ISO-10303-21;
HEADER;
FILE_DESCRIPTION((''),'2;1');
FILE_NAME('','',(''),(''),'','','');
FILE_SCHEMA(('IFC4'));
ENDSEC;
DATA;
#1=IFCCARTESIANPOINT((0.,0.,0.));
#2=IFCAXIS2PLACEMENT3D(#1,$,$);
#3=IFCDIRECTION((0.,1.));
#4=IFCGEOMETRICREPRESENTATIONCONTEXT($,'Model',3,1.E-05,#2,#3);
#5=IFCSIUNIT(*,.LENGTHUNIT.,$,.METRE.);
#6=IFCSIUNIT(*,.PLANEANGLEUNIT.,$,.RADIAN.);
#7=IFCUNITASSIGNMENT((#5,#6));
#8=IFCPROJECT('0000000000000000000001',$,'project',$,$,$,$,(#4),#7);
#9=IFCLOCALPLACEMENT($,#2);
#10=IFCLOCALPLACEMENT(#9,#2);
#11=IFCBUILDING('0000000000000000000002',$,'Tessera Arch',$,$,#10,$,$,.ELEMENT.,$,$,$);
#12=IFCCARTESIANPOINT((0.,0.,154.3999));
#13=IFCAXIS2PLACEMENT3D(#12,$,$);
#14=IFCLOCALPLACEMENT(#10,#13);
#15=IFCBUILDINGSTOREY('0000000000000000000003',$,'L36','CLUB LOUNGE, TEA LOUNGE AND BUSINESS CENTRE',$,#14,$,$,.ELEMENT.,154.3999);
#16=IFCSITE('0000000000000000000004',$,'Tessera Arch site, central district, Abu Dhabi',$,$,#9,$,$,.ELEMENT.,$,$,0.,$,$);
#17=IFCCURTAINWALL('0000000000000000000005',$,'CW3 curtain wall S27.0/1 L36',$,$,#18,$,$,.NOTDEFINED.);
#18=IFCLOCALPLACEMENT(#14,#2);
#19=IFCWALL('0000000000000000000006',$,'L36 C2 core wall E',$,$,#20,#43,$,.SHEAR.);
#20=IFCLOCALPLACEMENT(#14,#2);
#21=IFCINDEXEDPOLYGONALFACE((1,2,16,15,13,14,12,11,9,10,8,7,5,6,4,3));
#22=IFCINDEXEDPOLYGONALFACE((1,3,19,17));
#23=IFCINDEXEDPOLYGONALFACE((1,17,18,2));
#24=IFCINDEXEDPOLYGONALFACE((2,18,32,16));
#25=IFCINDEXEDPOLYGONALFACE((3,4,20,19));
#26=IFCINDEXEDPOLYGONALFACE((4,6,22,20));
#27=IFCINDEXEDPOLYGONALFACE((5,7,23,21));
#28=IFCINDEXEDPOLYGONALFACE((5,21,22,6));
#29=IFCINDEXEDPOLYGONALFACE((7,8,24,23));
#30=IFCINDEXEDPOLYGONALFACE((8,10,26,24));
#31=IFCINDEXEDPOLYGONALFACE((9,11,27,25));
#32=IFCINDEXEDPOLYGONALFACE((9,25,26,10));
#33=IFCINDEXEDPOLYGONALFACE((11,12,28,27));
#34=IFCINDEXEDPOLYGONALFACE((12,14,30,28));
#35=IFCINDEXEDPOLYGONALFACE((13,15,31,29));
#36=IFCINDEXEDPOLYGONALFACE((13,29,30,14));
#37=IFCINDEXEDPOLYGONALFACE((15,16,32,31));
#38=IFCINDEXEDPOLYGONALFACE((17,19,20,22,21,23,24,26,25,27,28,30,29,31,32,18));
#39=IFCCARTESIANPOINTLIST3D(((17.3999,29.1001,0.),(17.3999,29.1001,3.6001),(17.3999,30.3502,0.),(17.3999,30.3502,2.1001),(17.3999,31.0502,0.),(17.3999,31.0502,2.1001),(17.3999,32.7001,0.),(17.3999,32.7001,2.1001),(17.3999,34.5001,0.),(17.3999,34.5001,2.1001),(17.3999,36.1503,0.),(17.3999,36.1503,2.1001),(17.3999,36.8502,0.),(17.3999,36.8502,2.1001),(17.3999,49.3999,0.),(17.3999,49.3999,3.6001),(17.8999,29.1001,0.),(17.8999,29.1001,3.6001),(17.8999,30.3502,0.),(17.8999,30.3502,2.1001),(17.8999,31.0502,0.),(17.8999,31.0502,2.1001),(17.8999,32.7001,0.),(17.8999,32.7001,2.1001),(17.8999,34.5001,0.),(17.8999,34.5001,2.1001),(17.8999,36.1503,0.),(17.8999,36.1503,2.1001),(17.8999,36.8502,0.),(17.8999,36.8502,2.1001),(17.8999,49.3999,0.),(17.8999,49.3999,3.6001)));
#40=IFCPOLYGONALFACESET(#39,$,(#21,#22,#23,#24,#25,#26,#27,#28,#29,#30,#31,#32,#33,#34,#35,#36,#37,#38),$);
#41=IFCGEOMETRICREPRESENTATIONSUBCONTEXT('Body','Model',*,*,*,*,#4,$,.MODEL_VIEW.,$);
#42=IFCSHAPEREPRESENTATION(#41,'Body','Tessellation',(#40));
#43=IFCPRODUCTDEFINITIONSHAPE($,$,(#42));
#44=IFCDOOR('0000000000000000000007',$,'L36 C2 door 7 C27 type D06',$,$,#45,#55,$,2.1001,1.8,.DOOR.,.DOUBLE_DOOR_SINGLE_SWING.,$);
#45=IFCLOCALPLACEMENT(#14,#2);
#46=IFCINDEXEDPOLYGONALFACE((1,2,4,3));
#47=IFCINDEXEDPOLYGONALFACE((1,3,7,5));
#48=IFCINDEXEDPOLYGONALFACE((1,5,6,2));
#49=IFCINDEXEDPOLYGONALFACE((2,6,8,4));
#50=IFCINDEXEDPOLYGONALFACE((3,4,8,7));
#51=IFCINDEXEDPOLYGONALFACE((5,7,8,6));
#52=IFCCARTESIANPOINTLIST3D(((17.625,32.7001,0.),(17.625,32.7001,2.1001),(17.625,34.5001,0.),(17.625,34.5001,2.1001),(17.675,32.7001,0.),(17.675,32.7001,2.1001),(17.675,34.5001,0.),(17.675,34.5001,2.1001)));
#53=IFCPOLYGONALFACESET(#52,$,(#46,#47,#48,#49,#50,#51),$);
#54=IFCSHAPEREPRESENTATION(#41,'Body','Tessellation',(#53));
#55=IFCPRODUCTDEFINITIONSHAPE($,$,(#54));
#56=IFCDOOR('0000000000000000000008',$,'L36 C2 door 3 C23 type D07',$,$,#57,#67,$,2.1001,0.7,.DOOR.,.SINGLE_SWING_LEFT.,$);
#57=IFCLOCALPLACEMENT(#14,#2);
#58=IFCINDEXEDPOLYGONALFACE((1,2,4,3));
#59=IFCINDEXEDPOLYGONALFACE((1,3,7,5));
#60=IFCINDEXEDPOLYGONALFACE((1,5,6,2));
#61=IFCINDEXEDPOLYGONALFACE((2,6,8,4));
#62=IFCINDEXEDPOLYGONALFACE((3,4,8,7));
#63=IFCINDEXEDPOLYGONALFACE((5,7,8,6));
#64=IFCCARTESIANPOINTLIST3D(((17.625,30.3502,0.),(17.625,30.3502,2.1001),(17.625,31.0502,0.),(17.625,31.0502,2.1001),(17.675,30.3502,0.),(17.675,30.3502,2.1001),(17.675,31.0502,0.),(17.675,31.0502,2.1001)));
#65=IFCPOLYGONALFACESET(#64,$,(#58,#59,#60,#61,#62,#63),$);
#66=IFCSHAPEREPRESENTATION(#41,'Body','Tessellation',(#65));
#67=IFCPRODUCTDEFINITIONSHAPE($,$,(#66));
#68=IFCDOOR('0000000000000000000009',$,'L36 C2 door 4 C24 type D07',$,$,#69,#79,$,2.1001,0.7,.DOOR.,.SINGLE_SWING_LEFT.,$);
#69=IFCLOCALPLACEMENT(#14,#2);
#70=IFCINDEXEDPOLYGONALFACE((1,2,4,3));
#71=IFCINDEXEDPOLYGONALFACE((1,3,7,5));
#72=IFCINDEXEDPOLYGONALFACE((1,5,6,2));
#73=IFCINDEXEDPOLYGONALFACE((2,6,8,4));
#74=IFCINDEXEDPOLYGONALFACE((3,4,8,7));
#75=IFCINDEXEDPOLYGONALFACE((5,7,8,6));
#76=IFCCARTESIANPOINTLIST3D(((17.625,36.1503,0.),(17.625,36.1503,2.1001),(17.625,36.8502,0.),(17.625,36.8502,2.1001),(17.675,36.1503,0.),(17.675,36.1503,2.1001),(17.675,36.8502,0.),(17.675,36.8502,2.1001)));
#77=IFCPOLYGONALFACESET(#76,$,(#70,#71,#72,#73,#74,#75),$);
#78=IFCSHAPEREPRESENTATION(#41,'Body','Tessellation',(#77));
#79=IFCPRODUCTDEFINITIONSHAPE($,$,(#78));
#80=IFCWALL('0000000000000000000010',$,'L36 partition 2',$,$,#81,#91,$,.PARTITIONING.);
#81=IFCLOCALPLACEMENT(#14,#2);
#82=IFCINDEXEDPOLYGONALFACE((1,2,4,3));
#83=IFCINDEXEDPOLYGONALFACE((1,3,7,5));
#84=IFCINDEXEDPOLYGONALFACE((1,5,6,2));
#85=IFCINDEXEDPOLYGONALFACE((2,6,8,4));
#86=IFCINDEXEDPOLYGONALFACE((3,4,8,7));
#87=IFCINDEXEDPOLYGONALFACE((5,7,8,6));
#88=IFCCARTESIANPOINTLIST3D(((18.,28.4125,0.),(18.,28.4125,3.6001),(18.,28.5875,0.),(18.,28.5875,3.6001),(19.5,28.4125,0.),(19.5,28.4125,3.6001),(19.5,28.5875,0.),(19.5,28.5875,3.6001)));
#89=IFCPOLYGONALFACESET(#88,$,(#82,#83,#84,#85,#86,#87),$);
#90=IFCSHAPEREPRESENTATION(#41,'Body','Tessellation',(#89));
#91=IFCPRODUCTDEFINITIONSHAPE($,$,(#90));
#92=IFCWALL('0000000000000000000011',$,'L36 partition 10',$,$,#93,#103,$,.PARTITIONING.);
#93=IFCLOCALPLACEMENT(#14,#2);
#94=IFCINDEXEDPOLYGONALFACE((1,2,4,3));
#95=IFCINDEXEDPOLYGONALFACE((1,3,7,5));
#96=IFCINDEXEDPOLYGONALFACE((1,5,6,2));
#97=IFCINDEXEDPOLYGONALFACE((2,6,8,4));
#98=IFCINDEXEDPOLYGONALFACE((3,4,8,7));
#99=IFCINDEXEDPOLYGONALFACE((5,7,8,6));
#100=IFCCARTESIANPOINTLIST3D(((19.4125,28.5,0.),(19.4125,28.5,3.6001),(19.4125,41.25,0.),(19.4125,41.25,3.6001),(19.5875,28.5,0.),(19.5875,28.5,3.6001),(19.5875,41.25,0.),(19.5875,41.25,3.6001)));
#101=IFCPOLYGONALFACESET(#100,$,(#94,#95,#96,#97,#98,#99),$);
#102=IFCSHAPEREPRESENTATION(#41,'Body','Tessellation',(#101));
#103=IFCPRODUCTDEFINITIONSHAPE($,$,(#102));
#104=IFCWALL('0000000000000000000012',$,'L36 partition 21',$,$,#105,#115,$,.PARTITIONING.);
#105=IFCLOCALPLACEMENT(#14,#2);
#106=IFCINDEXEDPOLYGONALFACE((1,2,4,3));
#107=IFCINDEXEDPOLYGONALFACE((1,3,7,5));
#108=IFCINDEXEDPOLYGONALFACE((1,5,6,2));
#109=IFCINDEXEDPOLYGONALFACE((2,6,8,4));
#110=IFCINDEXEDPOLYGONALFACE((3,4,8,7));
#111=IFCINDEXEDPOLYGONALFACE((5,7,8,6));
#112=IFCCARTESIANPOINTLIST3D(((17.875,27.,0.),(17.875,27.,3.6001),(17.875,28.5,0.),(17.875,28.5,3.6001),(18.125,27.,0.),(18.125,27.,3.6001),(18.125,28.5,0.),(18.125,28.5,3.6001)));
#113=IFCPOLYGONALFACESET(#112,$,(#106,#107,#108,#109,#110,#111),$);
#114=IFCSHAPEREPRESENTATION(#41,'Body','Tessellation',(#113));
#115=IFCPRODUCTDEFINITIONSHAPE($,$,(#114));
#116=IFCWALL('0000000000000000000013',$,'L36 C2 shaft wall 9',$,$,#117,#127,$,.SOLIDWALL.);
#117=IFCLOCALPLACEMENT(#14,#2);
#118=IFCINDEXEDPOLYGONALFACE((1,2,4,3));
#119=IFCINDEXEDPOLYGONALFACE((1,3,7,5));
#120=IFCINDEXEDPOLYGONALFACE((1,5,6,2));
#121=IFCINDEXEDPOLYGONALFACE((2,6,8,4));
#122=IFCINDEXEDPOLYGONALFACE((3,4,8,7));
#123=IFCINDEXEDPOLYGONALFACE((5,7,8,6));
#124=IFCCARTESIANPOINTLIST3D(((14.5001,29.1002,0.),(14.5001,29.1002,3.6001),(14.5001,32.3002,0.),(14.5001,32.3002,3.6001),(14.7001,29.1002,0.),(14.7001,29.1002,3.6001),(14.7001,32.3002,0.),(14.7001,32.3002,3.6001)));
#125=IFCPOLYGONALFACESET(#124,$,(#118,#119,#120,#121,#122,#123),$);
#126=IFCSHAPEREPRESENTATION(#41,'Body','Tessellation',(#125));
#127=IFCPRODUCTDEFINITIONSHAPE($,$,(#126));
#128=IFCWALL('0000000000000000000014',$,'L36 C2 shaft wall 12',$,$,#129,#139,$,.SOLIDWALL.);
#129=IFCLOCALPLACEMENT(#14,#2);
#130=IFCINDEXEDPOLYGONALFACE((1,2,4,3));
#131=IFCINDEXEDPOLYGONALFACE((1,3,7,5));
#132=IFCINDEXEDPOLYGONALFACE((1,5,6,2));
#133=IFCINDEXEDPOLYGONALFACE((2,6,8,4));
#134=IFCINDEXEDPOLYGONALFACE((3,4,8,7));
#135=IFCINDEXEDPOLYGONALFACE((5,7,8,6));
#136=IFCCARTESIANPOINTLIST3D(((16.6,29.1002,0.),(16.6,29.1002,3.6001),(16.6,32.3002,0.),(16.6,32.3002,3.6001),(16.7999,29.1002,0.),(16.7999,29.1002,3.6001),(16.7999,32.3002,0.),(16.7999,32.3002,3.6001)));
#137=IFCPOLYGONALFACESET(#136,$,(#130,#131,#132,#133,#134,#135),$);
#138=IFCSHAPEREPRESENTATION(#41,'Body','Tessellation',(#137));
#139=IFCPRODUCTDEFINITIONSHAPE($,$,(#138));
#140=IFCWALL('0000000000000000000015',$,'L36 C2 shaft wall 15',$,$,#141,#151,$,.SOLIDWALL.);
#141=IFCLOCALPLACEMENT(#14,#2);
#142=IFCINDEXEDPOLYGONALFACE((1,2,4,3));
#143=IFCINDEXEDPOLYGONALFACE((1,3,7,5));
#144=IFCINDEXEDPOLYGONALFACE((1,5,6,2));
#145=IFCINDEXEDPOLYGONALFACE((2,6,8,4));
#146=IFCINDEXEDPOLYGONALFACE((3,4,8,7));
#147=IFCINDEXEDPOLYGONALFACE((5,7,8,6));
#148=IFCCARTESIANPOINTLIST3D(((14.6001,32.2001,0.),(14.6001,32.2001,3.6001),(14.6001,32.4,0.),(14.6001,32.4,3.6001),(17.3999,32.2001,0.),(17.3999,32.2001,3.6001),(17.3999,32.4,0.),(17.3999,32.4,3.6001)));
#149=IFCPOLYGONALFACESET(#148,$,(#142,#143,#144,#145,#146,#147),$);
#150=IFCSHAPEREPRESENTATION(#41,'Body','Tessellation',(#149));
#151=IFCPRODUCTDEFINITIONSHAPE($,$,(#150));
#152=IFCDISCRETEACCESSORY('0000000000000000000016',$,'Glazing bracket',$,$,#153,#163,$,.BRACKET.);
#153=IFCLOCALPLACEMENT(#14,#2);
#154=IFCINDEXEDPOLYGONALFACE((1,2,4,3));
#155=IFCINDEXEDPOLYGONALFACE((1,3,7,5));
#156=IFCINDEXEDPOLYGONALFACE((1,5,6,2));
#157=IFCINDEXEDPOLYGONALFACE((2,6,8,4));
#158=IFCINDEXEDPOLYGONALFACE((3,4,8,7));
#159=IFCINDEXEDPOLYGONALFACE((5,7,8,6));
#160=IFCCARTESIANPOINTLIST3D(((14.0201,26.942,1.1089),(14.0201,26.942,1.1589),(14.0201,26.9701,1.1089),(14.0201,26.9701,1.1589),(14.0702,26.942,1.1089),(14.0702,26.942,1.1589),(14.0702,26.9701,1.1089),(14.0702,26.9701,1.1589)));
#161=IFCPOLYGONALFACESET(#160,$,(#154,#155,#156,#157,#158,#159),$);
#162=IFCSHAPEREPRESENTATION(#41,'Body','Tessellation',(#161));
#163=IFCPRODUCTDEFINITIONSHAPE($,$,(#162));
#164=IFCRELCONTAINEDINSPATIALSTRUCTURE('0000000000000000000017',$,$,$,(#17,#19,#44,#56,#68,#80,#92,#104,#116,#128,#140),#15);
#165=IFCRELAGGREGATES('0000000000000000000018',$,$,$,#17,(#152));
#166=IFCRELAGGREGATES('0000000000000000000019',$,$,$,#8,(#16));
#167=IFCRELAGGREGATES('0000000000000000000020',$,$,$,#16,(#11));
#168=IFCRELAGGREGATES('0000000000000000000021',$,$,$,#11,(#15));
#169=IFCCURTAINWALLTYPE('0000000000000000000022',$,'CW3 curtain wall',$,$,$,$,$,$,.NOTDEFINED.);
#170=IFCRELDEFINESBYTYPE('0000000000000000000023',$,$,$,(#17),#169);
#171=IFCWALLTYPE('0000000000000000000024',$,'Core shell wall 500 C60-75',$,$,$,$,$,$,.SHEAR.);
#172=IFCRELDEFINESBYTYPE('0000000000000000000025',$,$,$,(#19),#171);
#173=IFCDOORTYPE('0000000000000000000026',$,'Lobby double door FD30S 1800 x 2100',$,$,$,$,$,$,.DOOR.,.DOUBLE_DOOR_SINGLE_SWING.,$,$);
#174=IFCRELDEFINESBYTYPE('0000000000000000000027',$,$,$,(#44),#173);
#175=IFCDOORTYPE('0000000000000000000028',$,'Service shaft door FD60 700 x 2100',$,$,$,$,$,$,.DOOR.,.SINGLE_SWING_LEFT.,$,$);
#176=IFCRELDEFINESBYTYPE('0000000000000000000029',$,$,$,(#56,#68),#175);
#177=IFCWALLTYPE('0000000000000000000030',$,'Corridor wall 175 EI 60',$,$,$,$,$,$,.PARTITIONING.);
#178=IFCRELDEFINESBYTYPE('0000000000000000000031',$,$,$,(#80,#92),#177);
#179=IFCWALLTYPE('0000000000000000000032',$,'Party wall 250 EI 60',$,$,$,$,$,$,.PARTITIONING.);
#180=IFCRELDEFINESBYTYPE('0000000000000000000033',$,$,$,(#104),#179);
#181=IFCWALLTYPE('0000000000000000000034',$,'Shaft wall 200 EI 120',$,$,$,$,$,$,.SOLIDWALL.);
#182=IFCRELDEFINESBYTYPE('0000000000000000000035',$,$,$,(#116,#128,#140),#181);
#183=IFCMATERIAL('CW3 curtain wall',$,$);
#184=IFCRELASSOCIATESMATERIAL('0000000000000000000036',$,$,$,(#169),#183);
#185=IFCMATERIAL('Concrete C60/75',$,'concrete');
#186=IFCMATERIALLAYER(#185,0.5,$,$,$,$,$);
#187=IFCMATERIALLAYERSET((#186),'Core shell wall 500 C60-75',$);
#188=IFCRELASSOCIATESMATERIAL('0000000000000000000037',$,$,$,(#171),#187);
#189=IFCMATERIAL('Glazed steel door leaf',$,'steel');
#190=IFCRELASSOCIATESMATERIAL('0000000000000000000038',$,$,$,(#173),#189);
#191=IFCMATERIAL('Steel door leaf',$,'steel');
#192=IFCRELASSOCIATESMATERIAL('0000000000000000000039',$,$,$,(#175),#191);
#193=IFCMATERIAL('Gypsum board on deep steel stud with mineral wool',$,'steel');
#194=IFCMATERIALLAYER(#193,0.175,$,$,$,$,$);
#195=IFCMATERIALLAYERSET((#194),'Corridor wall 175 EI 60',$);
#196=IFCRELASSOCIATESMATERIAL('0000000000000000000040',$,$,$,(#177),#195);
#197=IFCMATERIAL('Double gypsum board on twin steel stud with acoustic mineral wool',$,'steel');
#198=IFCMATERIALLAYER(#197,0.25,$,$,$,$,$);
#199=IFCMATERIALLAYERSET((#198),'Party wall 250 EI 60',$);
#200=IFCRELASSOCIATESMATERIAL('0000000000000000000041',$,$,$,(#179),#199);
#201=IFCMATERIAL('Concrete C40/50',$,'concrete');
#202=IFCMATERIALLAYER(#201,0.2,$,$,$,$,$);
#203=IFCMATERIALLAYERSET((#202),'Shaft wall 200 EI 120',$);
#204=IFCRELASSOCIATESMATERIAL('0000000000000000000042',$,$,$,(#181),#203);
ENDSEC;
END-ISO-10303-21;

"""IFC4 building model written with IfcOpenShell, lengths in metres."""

from ifc_helpers import new_model, si_unit, direction, frame, frame_2d, origin, origin_2d, place, context, subcontext, project, spatial, rectangle, extrude, material, layer, layer_set, type_object, element, fill, aggregate, save


model = new_model("IFC4")

# Units and contexts
model_context = context("Model", 3, precision=1e-05, world=origin(), true_north=direction((0.0, 1.0)))
body_context = subcontext(model_context, "Body", "Model", "MODEL_VIEW")
ifc_project = project(units=[si_unit("LENGTHUNIT", "METRE"), si_unit("PLANEANGLEUNIT", "RADIAN")], contexts=[model_context])

# Site, building, storey
site_placement = place(None, origin())
site = spatial("IfcSite", under=ifc_project, at=site_placement, Name="Tessera Arch site, central district, Abu Dhabi", CompositionType="ELEMENT", RefElevation=0.0)
building_placement = place(site_placement, origin())
building = spatial("IfcBuilding", under=site, at=building_placement, Name="Tessera Arch", CompositionType="ELEMENT")
storey_placement = place(building_placement, frame((0.0, 0.0, 154.3999)))
storey = spatial("IfcBuildingStorey", under=building, at=storey_placement, Name="L36", Description="CLUB LOUNGE, TEA LOUNGE AND BUSINESS CENTRE", CompositionType="ELEMENT", Elevation=154.3999)

# Curtain wall
ifc_material_1 = material(Name="CW3 curtain wall")
curtain_wall_type_1 = type_object("IfcCurtainWallType", Name="CW3 curtain wall", PredefinedType="NOTDEFINED", material=ifc_material_1)
curtain_wall_1_placement = place(storey_placement, origin())
curtain_wall_1 = element("IfcCurtainWall", 1, at=curtain_wall_1_placement, inside=storey, type_object=curtain_wall_type_1, Name="CW3 curtain wall S27.0/1 L36", PredefinedType="NOTDEFINED")

# Wall, openings, doors
ifc_material_2 = material(Name="Concrete C60/75", Category="concrete")
ifc_layer_1 = layer(ifc_material_2, 0.5)
ifc_layer_set_1 = layer_set([ifc_layer_1], Name="Core shell wall 500 C60-75")
wall_type_1 = type_object("IfcWallType", Name="Core shell wall 500 C60-75", PredefinedType="SHEAR", material=ifc_layer_set_1)
wall_1_placement = place(storey_placement, frame((17.6499, 29.1001, 0.0), z_axis=(0.0, 0.0, 1.0), x_axis=(0.0, 1.0, 0.0)))
wall_1 = element("IfcWall", 2, at=wall_1_placement, inside=storey, type_object=wall_type_1, Name="L36 C2 core wall E", PredefinedType="SHEAR", context=body_context, shape_type="SweptSolid", body=[
    extrude(rectangle(XDim=20.2998, YDim=0.5, at=frame_2d((10.1499, 0.0))), origin(), (0.0, 0.0, 1.0), 3.6001),
])
opening_1_placement = place(wall_1_placement, frame((1.25, 0.0, 0.0)))
opening_1 = element("IfcOpeningElement", 3, at=opening_1_placement, cuts=wall_1, PredefinedType="OPENING", context=body_context, shape_type="SweptSolid", body=[
    extrude(rectangle(XDim=0.7, YDim=2.1001, at=frame_2d((0.3501, 1.05))), frame((0.0, 0.26, 0.0), z_axis=(0.0, -1.0, 0.0), x_axis=(1.0, 0.0, 0.0)), (0.0, 0.0, 1.0), 0.52),
])
opening_2_placement = place(wall_1_placement, frame((7.05, 0.0, 0.0)))
opening_2 = element("IfcOpeningElement", 4, at=opening_2_placement, cuts=wall_1, PredefinedType="OPENING", context=body_context, shape_type="SweptSolid", body=[
    extrude(rectangle(XDim=0.7, YDim=2.1001, at=frame_2d((0.3501, 1.05))), frame((0.0, 0.26, 0.0), z_axis=(0.0, -1.0, 0.0), x_axis=(1.0, 0.0, 0.0)), (0.0, 0.0, 1.0), 0.52),
])
opening_3_placement = place(wall_1_placement, frame((3.6001, 0.0, 0.0)))
opening_3 = element("IfcOpeningElement", 5, at=opening_3_placement, cuts=wall_1, PredefinedType="OPENING", context=body_context, shape_type="SweptSolid", body=[
    extrude(rectangle(XDim=1.8, YDim=2.1001, at=frame_2d((0.8999, 1.05))), frame((0.0, 0.26, 0.0), z_axis=(0.0, -1.0, 0.0), x_axis=(1.0, 0.0, 0.0)), (0.0, 0.0, 1.0), 0.52),
])
ifc_material_3 = material(Name="Glazed steel door leaf", Category="steel")
door_type_1 = type_object("IfcDoorType", Name="Lobby double door FD30S 1800 x 2100", OperationType="DOUBLE_DOOR_SINGLE_SWING", PredefinedType="DOOR", material=ifc_material_3)
door_1_placement = place(opening_3_placement, origin())
door_1 = element("IfcDoor", 6, at=door_1_placement, inside=storey, type_object=door_type_1, Name="L36 C2 door 7 C27 type D06", OperationType="DOUBLE_DOOR_SINGLE_SWING", OverallHeight=2.1001, OverallWidth=1.8, PredefinedType="DOOR", context=body_context, shape_type="SweptSolid", body=[
    extrude(rectangle(XDim=1.8, YDim=2.1001, at=frame_2d((0.8999, 1.05))), frame((0.0, 0.0249, 0.0), z_axis=(0.0, -1.0, 0.0), x_axis=(1.0, 0.0, 0.0)), (0.0, 0.0, 1.0), 0.05),
])
fill(opening_3, door_1)
ifc_material_4 = material(Name="Steel door leaf", Category="steel")
door_type_2 = type_object("IfcDoorType", Name="Service shaft door FD60 700 x 2100", OperationType="SINGLE_SWING_LEFT", PredefinedType="DOOR", material=ifc_material_4)
door_2_placement = place(opening_1_placement, origin())
door_2 = element("IfcDoor", 7, at=door_2_placement, inside=storey, type_object=door_type_2, Name="L36 C2 door 3 C23 type D07", OperationType="SINGLE_SWING_LEFT", OverallHeight=2.1001, OverallWidth=0.7, PredefinedType="DOOR", context=body_context, shape_type="SweptSolid", body=[
    extrude(rectangle(XDim=0.7, YDim=2.1001, at=frame_2d((0.3501, 1.05))), frame((0.0, 0.0249, 0.0), z_axis=(0.0, -1.0, 0.0), x_axis=(1.0, 0.0, 0.0)), (0.0, 0.0, 1.0), 0.05),
])
fill(opening_1, door_2)
door_3_placement = place(opening_2_placement, origin())
door_3 = element("IfcDoor", 8, at=door_3_placement, inside=storey, type_object=door_type_2, Name="L36 C2 door 4 C24 type D07", OperationType="SINGLE_SWING_LEFT", OverallHeight=2.1001, OverallWidth=0.7, PredefinedType="DOOR", context=body_context, shape_type="SweptSolid", body=[
    extrude(rectangle(XDim=0.7, YDim=2.1001, at=frame_2d((0.3501, 1.05))), frame((0.0, 0.0249, 0.0), z_axis=(0.0, -1.0, 0.0), x_axis=(1.0, 0.0, 0.0)), (0.0, 0.0, 1.0), 0.05),
])
fill(opening_2, door_3)

# Walls
ifc_material_5 = material(Name="Gypsum board on deep steel stud with mineral wool", Category="steel")
ifc_layer_2 = layer(ifc_material_5, 0.175)
ifc_layer_set_2 = layer_set([ifc_layer_2], Name="Corridor wall 175 EI 60")
wall_type_2 = type_object("IfcWallType", Name="Corridor wall 175 EI 60", PredefinedType="PARTITIONING", material=ifc_layer_set_2)
wall_2_placement = place(storey_placement, frame((18.0, 28.5, 0.0), z_axis=(0.0, 0.0, 1.0), x_axis=(1.0, 0.0, 0.0)))
element("IfcWall", 9, at=wall_2_placement, inside=storey, type_object=wall_type_2, Name="L36 partition 2", PredefinedType="PARTITIONING", context=body_context, shape_type="SweptSolid", body=[
    extrude(rectangle(XDim=1.5, YDim=0.175, at=frame_2d((0.75, 0.0))), origin(), (0.0, 0.0, 1.0), 3.6001),
])
wall_3_placement = place(storey_placement, frame((19.5, 28.5, 0.0), z_axis=(0.0, 0.0, 1.0), x_axis=(0.0, 1.0, 0.0)))
element("IfcWall", 10, at=wall_3_placement, inside=storey, type_object=wall_type_2, Name="L36 partition 10", PredefinedType="PARTITIONING", context=body_context, shape_type="SweptSolid", body=[
    extrude(rectangle(XDim=12.75, YDim=0.175, at=frame_2d((6.375, 0.0))), origin(), (0.0, 0.0, 1.0), 3.6001),
])
ifc_material_6 = material(Name="Double gypsum board on twin steel stud with acoustic mineral wool", Category="steel")
ifc_layer_3 = layer(ifc_material_6, 0.25)
ifc_layer_set_3 = layer_set([ifc_layer_3], Name="Party wall 250 EI 60")
wall_type_3 = type_object("IfcWallType", Name="Party wall 250 EI 60", PredefinedType="PARTITIONING", material=ifc_layer_set_3)
wall_4_placement = place(storey_placement, frame((18.0, 27.0, 0.0), z_axis=(0.0, 0.0, 1.0), x_axis=(0.0, 1.0, 0.0)))
element("IfcWall", 11, at=wall_4_placement, inside=storey, type_object=wall_type_3, Name="L36 partition 21", PredefinedType="PARTITIONING", context=body_context, shape_type="SweptSolid", body=[
    extrude(rectangle(XDim=1.5, YDim=0.25, at=frame_2d((0.75, 0.0))), origin(), (0.0, 0.0, 1.0), 3.6001),
])
ifc_material_7 = material(Name="Concrete C40/50", Category="concrete")
ifc_layer_4 = layer(ifc_material_7, 0.2)
ifc_layer_set_4 = layer_set([ifc_layer_4], Name="Shaft wall 200 EI 120")
wall_type_4 = type_object("IfcWallType", Name="Shaft wall 200 EI 120", PredefinedType="SOLIDWALL", material=ifc_layer_set_4)
for number, where, z_axis, x_axis, name in (
    (12, (14.6001, 29.1001, 0.0), (0.0, 0.0, 1.0), (0.0, 1.0, 0.0), "L36 C2 shaft wall 9"),
    (13, (16.7, 29.1001, 0.0), (0.0, 0.0, 1.0), (0.0, 1.0, 0.0), "L36 C2 shaft wall 12"),
):
    element("IfcWall", number, at=place(storey_placement, frame(where, z_axis=z_axis, x_axis=x_axis)), inside=storey, type_object=wall_type_4, Name=name, PredefinedType="SOLIDWALL", context=body_context, shape_type="SweptSolid", body=[
        extrude(rectangle(XDim=3.2, YDim=0.2, at=frame_2d((1.6001, 0.0))), origin(), (0.0, 0.0, 1.0), 3.6001),
    ])
wall_5_placement = place(storey_placement, frame((14.6001, 32.3, 0.0), z_axis=(0.0, 0.0, 1.0), x_axis=(1.0, 0.0, 0.0)))
element("IfcWall", 14, at=wall_5_placement, inside=storey, type_object=wall_type_4, Name="L36 C2 shaft wall 15", PredefinedType="SOLIDWALL", context=body_context, shape_type="SweptSolid", body=[
    extrude(rectangle(XDim=2.7998, YDim=0.2, at=frame_2d((1.3999, 0.0))), origin(), (0.0, 0.0, 1.0), 3.6001),
])

# Discrete accessory
discrete_accessory_placement = place(storey_placement, frame((14.0452, 26.9561, 1.1089), z_axis=(0.0, 0.0, 1.0), x_axis=(1.0, 0.0, 0.0)))
discrete_accessory = element("IfcDiscreteAccessory", 15, at=discrete_accessory_placement, Name="Glazing bracket", PredefinedType="BRACKET", context=body_context, shape_type="SweptSolid", body=[
    extrude(rectangle(XDim=0.05, YDim=0.0281, at=origin_2d()), origin(), (0.0, 0.0, 1.0), 0.05),
])
aggregate(curtain_wall_1, [discrete_accessory])

save(model, "model.ifc")
